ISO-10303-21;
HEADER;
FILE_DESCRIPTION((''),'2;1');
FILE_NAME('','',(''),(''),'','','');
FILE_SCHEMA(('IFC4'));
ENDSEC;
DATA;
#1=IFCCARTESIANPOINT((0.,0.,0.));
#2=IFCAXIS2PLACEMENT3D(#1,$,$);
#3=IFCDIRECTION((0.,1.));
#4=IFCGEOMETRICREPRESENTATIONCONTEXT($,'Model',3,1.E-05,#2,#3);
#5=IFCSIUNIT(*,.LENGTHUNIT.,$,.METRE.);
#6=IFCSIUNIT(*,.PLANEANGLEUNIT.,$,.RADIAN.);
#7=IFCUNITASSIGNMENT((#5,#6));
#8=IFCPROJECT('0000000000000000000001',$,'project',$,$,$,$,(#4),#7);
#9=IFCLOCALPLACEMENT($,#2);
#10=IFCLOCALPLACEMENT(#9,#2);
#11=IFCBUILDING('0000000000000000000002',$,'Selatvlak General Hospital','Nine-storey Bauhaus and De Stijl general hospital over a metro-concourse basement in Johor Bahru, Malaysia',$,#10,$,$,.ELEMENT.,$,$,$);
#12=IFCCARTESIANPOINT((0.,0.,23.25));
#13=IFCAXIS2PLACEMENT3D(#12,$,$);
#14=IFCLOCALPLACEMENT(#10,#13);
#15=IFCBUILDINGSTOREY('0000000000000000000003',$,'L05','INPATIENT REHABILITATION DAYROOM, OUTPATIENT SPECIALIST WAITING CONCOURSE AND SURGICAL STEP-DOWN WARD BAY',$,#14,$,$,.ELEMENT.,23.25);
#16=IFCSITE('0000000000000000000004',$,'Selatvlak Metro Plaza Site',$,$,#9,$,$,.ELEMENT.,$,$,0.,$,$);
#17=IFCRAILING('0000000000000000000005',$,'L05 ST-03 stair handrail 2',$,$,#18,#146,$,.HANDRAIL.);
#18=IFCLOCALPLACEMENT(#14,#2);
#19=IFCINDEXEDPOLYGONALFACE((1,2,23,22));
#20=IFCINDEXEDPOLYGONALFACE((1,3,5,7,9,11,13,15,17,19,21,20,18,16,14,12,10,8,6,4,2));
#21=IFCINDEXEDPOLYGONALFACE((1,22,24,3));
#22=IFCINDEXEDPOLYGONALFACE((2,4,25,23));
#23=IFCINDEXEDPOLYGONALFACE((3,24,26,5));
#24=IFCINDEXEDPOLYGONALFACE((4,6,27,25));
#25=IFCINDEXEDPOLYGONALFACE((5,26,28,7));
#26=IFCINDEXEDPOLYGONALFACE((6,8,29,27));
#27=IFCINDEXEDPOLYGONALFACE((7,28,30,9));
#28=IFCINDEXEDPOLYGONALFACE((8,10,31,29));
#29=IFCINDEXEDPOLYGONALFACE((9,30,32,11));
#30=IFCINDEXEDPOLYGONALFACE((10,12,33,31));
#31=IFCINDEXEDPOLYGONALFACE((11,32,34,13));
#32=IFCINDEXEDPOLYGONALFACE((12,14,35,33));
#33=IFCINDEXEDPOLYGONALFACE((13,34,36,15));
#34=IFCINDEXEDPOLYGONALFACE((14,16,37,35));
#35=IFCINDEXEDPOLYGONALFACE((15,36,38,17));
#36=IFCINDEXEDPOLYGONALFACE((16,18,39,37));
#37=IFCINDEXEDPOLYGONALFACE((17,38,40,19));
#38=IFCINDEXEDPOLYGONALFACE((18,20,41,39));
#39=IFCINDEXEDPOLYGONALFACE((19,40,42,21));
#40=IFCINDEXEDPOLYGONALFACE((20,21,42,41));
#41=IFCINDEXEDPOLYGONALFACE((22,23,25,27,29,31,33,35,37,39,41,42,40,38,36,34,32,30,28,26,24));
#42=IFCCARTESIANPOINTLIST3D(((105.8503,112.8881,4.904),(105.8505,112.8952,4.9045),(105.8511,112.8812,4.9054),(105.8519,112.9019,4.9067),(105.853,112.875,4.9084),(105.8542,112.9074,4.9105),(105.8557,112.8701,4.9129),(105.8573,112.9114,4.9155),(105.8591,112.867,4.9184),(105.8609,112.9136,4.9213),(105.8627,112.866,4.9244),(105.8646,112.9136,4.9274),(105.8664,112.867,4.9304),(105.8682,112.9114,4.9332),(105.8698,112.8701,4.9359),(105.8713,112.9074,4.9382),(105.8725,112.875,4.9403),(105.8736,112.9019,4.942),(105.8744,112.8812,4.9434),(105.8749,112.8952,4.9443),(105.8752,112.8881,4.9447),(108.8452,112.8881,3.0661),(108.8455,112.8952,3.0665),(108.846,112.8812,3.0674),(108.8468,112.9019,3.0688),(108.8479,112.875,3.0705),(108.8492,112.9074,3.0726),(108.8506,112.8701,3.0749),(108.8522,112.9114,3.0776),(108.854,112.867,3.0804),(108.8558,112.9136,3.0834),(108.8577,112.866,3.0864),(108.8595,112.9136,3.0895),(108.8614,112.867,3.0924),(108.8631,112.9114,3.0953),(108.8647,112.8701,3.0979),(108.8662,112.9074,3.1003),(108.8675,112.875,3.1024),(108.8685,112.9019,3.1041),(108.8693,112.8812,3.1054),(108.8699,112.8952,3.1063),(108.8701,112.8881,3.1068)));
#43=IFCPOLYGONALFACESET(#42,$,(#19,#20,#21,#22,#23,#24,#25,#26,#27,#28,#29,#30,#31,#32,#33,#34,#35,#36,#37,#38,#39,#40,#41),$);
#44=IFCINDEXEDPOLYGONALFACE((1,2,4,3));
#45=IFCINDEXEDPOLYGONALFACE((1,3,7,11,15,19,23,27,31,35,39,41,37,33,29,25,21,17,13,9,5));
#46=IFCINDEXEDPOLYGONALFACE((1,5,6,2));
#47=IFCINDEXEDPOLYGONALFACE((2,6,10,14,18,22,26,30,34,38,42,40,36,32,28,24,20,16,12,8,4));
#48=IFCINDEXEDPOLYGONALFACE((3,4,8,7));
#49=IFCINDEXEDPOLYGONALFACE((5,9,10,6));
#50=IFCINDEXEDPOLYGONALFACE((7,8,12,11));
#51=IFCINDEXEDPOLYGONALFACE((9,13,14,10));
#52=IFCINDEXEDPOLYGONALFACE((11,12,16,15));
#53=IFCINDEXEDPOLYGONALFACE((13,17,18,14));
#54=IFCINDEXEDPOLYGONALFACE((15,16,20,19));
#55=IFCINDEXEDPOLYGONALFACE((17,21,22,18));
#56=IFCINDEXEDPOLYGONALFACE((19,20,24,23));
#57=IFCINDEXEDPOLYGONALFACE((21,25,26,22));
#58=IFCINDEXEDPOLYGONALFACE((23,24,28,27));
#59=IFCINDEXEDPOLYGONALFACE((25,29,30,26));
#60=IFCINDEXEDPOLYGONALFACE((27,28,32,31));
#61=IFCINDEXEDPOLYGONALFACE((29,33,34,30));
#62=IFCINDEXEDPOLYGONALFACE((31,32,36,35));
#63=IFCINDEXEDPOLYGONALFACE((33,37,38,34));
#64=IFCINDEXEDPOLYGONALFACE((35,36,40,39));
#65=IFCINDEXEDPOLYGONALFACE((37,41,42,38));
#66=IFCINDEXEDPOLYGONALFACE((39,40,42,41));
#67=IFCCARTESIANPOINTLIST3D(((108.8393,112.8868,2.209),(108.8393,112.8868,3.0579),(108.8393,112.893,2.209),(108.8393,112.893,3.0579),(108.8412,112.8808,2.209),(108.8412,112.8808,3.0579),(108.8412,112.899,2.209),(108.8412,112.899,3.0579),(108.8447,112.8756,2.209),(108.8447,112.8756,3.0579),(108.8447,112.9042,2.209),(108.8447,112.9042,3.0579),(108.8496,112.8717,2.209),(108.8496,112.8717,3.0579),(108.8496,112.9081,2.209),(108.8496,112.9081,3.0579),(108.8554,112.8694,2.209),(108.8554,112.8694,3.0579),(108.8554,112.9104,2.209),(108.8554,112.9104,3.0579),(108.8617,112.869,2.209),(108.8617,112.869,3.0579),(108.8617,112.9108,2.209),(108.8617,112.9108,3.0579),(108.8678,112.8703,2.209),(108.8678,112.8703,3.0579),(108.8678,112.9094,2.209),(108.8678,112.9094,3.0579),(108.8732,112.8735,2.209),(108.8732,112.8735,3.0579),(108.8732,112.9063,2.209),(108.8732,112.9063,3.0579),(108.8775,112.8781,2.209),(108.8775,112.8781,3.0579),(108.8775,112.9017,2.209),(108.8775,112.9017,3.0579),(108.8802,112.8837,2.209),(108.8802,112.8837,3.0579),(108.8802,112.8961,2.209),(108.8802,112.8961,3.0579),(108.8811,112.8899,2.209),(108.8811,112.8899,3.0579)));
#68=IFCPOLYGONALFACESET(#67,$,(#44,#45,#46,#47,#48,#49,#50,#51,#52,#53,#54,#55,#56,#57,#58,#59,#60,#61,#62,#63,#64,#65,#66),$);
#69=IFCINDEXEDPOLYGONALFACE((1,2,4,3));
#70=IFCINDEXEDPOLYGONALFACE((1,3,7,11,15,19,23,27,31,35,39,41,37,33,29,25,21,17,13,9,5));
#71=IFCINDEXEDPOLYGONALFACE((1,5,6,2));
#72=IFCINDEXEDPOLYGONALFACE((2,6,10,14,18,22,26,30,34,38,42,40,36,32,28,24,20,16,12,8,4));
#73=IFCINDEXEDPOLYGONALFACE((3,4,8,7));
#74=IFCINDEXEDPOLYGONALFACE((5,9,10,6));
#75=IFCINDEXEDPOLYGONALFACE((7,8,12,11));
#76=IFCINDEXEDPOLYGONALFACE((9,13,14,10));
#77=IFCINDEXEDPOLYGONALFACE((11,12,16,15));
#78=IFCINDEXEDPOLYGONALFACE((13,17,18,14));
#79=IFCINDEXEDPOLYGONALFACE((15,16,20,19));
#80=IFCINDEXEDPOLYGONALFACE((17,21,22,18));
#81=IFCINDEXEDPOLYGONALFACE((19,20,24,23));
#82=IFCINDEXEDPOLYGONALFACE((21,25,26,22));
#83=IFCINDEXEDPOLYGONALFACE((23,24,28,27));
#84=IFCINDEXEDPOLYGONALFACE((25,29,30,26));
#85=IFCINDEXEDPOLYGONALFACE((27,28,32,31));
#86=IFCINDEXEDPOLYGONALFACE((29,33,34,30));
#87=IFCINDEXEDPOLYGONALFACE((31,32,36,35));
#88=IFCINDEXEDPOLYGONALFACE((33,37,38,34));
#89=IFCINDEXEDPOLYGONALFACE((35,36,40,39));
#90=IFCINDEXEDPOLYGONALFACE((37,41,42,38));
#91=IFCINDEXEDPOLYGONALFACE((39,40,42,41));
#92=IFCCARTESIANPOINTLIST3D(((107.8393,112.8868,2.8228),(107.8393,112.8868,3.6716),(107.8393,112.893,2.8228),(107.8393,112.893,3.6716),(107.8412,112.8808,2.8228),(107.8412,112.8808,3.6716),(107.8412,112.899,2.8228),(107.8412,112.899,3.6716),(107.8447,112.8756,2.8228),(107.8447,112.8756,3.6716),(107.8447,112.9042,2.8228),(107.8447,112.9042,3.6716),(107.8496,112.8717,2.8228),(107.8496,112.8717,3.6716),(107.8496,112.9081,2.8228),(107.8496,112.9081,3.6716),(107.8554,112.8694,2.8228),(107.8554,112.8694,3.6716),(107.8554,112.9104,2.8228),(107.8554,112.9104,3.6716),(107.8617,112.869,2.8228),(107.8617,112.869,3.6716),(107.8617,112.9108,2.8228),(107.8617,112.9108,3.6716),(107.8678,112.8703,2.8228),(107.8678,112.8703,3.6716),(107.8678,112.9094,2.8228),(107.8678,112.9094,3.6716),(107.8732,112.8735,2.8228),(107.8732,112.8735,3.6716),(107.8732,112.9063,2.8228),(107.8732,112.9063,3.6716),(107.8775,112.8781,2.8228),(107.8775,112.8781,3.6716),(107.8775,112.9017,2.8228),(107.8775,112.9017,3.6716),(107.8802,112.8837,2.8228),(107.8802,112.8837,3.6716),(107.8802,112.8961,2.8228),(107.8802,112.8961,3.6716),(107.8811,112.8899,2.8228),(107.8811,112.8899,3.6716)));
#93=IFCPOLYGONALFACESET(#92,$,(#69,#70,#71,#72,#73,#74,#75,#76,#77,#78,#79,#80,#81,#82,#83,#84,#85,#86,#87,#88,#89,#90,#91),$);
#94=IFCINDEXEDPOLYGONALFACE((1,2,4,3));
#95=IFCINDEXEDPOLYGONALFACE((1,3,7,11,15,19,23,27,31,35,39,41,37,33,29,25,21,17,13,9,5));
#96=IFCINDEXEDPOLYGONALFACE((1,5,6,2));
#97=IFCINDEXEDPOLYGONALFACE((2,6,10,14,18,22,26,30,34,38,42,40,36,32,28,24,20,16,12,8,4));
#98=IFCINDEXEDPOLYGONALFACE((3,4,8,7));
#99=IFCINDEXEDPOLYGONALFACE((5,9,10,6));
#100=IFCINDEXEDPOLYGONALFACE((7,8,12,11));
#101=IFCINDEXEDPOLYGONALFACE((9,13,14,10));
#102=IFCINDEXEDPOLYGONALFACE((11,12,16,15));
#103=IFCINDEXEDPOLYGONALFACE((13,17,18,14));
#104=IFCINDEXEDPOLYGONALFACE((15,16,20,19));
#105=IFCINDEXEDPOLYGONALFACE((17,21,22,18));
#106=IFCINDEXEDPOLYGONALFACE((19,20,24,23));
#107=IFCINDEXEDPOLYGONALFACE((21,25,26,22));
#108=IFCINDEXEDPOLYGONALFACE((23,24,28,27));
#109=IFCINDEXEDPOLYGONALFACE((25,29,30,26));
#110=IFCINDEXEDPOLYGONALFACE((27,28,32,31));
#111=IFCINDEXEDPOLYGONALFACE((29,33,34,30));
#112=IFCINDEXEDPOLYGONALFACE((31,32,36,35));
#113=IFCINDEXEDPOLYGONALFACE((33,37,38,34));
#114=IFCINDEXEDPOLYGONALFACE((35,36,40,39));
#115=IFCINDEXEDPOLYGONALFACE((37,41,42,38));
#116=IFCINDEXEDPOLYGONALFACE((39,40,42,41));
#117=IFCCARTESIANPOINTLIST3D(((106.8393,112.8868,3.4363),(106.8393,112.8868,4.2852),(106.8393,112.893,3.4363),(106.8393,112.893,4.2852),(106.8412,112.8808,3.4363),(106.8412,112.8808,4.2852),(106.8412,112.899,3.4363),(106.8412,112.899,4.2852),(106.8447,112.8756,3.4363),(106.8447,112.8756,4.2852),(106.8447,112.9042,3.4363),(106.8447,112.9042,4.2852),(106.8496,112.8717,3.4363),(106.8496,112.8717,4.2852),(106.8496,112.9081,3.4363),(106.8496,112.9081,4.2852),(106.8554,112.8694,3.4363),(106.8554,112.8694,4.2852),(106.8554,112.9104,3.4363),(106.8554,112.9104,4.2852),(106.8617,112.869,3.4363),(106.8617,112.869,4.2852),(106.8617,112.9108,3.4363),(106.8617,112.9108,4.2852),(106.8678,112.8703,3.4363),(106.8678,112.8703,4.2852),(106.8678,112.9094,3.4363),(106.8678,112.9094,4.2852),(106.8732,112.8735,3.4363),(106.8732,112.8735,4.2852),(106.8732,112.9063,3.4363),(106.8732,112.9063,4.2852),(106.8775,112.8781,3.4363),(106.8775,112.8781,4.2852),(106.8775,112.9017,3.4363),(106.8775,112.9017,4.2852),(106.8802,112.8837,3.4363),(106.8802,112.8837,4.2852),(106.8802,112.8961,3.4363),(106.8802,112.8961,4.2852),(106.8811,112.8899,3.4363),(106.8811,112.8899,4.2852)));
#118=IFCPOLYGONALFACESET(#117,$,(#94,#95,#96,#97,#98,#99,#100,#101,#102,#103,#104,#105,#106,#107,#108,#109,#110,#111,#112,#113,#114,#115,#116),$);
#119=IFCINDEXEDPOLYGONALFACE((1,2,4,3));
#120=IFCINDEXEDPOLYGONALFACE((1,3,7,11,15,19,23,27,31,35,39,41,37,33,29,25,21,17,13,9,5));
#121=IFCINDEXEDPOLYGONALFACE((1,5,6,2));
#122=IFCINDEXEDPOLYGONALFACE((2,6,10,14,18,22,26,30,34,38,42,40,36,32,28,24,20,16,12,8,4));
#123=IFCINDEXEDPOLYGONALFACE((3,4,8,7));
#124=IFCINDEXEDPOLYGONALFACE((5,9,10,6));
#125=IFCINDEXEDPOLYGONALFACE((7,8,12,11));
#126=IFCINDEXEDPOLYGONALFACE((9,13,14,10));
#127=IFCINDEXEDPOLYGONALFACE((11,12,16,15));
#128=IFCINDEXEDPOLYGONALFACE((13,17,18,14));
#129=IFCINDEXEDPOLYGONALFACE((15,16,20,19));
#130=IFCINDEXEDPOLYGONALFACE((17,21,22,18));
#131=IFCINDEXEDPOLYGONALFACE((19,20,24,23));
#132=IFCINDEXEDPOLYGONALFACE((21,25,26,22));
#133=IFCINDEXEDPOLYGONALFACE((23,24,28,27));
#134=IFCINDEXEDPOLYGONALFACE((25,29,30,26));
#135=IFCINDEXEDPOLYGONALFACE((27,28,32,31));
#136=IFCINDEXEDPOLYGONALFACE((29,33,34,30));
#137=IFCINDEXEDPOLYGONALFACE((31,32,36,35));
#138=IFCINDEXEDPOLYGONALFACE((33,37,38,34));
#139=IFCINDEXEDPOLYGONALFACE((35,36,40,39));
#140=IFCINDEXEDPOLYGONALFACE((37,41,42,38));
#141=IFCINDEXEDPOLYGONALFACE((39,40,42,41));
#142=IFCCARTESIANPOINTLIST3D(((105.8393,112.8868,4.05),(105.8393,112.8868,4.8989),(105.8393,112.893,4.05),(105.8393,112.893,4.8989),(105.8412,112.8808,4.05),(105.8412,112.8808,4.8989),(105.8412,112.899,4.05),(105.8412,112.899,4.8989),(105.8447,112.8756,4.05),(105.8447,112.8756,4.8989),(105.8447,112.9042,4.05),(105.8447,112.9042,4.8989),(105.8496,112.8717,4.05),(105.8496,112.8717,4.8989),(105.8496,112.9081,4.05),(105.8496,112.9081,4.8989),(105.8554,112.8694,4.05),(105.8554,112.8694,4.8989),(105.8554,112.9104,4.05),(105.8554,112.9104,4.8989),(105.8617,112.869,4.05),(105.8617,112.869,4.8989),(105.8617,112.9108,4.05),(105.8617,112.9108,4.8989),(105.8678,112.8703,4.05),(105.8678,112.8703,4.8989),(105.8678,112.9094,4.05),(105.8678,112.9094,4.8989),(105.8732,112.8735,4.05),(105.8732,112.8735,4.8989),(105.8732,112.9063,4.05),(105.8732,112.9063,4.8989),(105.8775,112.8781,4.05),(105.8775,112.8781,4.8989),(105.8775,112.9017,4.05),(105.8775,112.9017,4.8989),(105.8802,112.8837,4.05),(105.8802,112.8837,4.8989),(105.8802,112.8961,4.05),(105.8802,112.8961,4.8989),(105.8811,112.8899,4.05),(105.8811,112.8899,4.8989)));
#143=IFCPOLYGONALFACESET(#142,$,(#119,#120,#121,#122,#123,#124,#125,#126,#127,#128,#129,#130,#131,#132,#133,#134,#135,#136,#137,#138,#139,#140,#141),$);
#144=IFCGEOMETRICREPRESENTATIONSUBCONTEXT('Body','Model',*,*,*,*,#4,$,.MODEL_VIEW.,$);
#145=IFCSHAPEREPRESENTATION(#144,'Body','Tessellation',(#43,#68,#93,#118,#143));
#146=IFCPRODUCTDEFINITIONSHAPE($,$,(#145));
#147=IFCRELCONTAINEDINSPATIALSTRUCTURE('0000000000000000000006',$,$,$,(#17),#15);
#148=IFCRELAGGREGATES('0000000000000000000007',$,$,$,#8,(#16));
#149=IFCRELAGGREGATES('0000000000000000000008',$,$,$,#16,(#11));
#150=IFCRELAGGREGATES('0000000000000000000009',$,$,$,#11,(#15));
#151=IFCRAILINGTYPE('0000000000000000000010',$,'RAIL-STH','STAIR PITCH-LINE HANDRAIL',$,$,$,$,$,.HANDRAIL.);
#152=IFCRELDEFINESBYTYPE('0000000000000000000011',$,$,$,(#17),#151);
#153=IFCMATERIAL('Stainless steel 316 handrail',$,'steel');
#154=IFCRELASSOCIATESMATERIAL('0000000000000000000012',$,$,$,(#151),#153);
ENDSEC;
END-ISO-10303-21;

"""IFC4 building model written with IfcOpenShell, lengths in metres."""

from ifc_helpers import new_model, si_unit, direction, frame, origin, origin_2d, place, context, subcontext, project, spatial, circle, extrude, material, type_object, element, save


model = new_model("IFC4")

# Units and contexts
model_context = context("Model", 3, precision=1e-05, world=origin(), true_north=direction((0.0, 1.0)))
body_context = subcontext(model_context, "Body", "Model", "MODEL_VIEW")
ifc_project = project(units=[si_unit("LENGTHUNIT", "METRE"), si_unit("PLANEANGLEUNIT", "RADIAN")], contexts=[model_context])

# Site, building, storey
site_placement = place(None, origin())
site = spatial("IfcSite", under=ifc_project, at=site_placement, Name="Selatvlak Metro Plaza Site", CompositionType="ELEMENT", RefElevation=0.0)
building_placement = place(site_placement, origin())
building = spatial("IfcBuilding", under=site, at=building_placement, Name="Selatvlak General Hospital", Description="Nine-storey Bauhaus and De Stijl general hospital over a metro-concourse basement in Johor Bahru, Malaysia", CompositionType="ELEMENT")
storey_placement = place(building_placement, frame((0.0, 0.0, 23.25)))
storey = spatial("IfcBuildingStorey", under=building, at=storey_placement, Name="L05", Description="INPATIENT REHABILITATION DAYROOM, OUTPATIENT SPECIALIST WAITING CONCOURSE AND SURGICAL STEP-DOWN WARD BAY", CompositionType="ELEMENT", Elevation=23.25)

# Railing
ifc_material_1 = material(Name="Stainless steel 316 handrail", Category="steel")
railing_type_1 = type_object("IfcRailingType", Name="RAIL-STH", Description="STAIR PITCH-LINE HANDRAIL", PredefinedType="HANDRAIL", material=ifc_material_1)
railing_1_placement = place(storey_placement, frame((108.8601, 112.8899, 2.209)))
element("IfcRailing", 1, at=railing_1_placement, inside=storey, type_object=railing_type_1, Name="L05 ST-03 stair handrail 2", PredefinedType="HANDRAIL", context=body_context, shape_type="SweptSolid", body=[
    extrude(circle(Radius=0.0239, at=origin_2d()), frame((-0.0024, 0.0, 0.8774), z_axis=(-0.852303, 0.0, 0.523048), x_axis=(0.0, -1.0, 0.0)), (0.0, 0.0, 1.0), 3.5139),
    extrude(circle(Radius=0.021, at=origin_2d()), origin(), (0.0, 0.0, 1.0), 0.8489),
    extrude(circle(Radius=0.021, at=origin_2d()), frame((-1.0, 0.0, 0.6138)), (0.0, 0.0, 1.0), 0.8489),
    extrude(circle(Radius=0.021, at=origin_2d()), frame((-2.0, 0.0, 1.2273)), (0.0, 0.0, 1.0), 0.8489),
    extrude(circle(Radius=0.021, at=origin_2d()), frame((-3.0, 0.0, 1.8411)), (0.0, 0.0, 1.0), 0.8489),
])

save(model, "model.ifc")
